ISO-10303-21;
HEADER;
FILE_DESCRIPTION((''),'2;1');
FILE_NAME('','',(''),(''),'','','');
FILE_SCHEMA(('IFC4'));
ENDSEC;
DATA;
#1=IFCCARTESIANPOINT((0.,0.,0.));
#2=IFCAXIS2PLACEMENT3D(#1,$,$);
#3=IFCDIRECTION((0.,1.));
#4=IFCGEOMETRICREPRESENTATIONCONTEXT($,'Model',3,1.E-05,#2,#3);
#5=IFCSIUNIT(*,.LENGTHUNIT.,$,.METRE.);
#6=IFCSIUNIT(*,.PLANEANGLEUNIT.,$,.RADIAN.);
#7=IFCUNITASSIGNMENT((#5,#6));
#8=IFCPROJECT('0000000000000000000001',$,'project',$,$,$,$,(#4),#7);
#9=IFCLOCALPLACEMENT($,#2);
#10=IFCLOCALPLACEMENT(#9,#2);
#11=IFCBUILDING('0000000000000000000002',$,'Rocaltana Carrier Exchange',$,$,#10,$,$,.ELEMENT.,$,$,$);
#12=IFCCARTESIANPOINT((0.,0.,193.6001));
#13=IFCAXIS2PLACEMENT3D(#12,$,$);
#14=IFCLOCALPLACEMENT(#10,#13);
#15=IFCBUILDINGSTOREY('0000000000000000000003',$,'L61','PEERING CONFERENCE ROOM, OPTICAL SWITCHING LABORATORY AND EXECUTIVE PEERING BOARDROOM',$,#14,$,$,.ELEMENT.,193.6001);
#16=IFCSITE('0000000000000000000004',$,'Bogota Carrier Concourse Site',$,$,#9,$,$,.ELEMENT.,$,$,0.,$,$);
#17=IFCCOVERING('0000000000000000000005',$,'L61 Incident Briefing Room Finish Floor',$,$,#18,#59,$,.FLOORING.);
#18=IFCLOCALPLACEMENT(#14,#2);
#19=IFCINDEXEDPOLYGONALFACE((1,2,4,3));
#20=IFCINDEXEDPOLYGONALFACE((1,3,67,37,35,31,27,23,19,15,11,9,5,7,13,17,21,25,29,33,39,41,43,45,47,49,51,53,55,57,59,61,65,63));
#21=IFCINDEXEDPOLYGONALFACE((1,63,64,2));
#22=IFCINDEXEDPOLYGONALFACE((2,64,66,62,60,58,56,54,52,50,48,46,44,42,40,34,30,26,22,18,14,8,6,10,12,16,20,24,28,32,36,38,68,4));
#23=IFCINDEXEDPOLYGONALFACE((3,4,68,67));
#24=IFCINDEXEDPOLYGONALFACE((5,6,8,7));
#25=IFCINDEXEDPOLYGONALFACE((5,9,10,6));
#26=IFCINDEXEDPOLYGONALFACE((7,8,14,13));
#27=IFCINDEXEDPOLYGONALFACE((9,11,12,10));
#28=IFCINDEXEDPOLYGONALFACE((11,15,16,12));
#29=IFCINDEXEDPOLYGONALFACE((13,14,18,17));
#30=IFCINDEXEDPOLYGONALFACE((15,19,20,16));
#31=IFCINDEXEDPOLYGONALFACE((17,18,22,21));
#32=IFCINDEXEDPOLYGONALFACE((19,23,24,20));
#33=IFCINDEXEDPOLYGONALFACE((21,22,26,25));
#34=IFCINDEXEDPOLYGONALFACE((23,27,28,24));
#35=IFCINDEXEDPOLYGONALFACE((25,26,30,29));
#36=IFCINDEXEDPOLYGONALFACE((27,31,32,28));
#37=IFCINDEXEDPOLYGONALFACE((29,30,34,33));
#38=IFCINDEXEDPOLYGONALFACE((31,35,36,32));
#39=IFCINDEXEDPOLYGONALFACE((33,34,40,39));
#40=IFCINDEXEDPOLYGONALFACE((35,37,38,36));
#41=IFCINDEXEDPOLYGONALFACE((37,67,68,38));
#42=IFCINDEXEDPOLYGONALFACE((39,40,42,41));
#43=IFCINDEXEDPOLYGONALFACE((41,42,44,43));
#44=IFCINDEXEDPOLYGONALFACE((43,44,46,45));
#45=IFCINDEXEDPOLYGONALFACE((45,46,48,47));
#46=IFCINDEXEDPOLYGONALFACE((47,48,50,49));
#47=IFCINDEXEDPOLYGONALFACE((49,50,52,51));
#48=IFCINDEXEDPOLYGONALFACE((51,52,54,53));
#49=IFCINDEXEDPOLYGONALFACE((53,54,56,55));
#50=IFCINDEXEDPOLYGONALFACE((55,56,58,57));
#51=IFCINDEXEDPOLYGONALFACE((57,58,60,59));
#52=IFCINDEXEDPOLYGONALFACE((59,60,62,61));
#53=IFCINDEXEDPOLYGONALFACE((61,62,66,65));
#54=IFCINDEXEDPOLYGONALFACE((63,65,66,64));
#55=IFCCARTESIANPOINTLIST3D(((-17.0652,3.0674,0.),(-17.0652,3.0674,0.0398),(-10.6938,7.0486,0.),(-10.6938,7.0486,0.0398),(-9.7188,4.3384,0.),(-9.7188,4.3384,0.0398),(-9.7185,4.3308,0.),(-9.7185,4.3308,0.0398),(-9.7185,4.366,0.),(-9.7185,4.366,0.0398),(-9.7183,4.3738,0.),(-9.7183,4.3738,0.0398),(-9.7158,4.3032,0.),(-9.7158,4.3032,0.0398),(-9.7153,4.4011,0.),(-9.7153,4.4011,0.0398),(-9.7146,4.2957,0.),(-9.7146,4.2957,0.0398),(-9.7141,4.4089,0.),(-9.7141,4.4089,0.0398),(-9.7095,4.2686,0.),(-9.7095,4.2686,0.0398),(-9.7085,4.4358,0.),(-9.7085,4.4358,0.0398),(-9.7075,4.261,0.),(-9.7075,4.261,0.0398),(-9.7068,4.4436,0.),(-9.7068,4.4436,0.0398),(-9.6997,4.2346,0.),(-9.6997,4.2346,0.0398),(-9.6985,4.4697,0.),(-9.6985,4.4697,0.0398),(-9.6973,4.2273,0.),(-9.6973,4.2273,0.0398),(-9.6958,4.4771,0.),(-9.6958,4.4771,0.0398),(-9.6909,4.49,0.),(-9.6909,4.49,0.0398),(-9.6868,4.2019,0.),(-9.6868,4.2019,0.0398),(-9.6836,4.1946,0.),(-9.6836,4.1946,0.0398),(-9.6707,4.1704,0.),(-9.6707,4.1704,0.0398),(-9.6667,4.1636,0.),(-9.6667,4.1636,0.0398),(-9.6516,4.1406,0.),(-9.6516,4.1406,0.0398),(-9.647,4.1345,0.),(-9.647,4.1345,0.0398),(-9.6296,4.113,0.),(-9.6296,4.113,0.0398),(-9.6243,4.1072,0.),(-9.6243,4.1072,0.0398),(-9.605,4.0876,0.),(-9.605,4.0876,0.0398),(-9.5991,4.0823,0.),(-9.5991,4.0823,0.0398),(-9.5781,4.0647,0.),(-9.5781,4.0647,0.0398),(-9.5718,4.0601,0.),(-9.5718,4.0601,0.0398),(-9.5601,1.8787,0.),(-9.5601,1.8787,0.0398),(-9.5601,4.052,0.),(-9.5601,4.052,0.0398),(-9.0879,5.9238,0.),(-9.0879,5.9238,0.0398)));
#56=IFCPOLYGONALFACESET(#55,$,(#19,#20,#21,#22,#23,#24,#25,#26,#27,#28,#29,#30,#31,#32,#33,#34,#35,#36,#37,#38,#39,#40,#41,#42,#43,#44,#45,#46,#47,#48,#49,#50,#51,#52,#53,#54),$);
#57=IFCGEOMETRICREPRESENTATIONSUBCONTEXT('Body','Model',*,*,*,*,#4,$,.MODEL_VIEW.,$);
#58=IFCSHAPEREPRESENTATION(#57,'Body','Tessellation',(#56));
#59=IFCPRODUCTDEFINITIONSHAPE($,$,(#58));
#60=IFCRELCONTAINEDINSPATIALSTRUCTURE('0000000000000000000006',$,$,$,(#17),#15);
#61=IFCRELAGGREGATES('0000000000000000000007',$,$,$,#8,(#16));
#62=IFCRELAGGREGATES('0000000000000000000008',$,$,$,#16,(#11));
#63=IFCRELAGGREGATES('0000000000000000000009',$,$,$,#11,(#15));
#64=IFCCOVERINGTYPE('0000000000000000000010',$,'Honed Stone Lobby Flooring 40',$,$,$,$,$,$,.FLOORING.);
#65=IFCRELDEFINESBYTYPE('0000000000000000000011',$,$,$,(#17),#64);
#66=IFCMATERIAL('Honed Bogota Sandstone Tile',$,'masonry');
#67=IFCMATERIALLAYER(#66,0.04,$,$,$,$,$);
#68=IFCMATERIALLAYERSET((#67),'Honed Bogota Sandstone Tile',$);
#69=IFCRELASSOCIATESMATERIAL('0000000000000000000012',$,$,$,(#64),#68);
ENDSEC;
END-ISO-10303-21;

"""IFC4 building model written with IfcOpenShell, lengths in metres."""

from ifc_helpers import new_model, si_unit, direction, frame, origin, place, context, subcontext, project, spatial, polyline, outline, extrude, material, layer, layer_set, type_object, element, save


model = new_model("IFC4")

# Units and contexts
model_context = context("Model", 3, precision=1e-05, world=origin(), true_north=direction((0.0, 1.0)))
body_context = subcontext(model_context, "Body", "Model", "MODEL_VIEW")
ifc_project = project(units=[si_unit("LENGTHUNIT", "METRE"), si_unit("PLANEANGLEUNIT", "RADIAN")], contexts=[model_context])

# Site, building, storey
site_placement = place(None, origin())
site = spatial("IfcSite", under=ifc_project, at=site_placement, Name="Bogota Carrier Concourse Site", CompositionType="ELEMENT", RefElevation=0.0)
building_placement = place(site_placement, origin())
building = spatial("IfcBuilding", under=site, at=building_placement, Name="Rocaltana Carrier Exchange", CompositionType="ELEMENT")
storey_placement = place(building_placement, frame((0.0, 0.0, 193.6001)))
storey = spatial("IfcBuildingStorey", under=building, at=storey_placement, Name="L61", Description="PEERING CONFERENCE ROOM, OPTICAL SWITCHING LABORATORY AND EXECUTIVE PEERING BOARDROOM", CompositionType="ELEMENT", Elevation=193.6001)

# Covering
ifc_material_1 = material(Name="Honed Bogota Sandstone Tile", Category="masonry")
ifc_layer_1 = layer(ifc_material_1, 0.04)
ifc_layer_set_1 = layer_set([ifc_layer_1], Name="Honed Bogota Sandstone Tile")
covering_type_1 = type_object("IfcCoveringType", Name="Honed Stone Lobby Flooring 40", PredefinedType="FLOORING", material=ifc_layer_set_1)
covering_1_placement = place(storey_placement, origin())
element("IfcCovering", 1, at=covering_1_placement, inside=storey, type_object=covering_type_1, Name="L61 Incident Briefing Room Finish Floor", PredefinedType="FLOORING", context=body_context, shape_type="SweptSolid", body=[
    extrude(outline(polyline([(-10.6938, 7.0486), (-9.0879, 5.9238), (-9.6909, 4.49), (-9.6958, 4.4771), (-9.6985, 4.4697), (-9.7068, 4.4436), (-9.7085, 4.4358), (-9.7141, 4.4089), (-9.7153, 4.4011), (-9.7183, 4.3738), (-9.7185, 4.366), (-9.7188, 4.3384), (-9.7185, 4.3308), (-9.7158, 4.3032), (-9.7146, 4.2957), (-9.7095, 4.2686), (-9.7075, 4.261), (-9.6997, 4.2346), (-9.6973, 4.2273), (-9.6868, 4.2019), (-9.6836, 4.1946), (-9.6707, 4.1704), (-9.6667, 4.1636), (-9.6516, 4.1406), (-9.647, 4.1345), (-9.6296, 4.113), (-9.6243, 4.1072), (-9.605, 4.0876), (-9.5991, 4.0823), (-9.5781, 4.0647), (-9.5718, 4.0601), (-9.5601, 4.052), (-9.5601, 1.8787), (-17.0652, 3.0674), (-10.6938, 7.0486)])), origin(), (0.0, 0.0, 1.0), 0.0398),
])

save(model, "model.ifc")
